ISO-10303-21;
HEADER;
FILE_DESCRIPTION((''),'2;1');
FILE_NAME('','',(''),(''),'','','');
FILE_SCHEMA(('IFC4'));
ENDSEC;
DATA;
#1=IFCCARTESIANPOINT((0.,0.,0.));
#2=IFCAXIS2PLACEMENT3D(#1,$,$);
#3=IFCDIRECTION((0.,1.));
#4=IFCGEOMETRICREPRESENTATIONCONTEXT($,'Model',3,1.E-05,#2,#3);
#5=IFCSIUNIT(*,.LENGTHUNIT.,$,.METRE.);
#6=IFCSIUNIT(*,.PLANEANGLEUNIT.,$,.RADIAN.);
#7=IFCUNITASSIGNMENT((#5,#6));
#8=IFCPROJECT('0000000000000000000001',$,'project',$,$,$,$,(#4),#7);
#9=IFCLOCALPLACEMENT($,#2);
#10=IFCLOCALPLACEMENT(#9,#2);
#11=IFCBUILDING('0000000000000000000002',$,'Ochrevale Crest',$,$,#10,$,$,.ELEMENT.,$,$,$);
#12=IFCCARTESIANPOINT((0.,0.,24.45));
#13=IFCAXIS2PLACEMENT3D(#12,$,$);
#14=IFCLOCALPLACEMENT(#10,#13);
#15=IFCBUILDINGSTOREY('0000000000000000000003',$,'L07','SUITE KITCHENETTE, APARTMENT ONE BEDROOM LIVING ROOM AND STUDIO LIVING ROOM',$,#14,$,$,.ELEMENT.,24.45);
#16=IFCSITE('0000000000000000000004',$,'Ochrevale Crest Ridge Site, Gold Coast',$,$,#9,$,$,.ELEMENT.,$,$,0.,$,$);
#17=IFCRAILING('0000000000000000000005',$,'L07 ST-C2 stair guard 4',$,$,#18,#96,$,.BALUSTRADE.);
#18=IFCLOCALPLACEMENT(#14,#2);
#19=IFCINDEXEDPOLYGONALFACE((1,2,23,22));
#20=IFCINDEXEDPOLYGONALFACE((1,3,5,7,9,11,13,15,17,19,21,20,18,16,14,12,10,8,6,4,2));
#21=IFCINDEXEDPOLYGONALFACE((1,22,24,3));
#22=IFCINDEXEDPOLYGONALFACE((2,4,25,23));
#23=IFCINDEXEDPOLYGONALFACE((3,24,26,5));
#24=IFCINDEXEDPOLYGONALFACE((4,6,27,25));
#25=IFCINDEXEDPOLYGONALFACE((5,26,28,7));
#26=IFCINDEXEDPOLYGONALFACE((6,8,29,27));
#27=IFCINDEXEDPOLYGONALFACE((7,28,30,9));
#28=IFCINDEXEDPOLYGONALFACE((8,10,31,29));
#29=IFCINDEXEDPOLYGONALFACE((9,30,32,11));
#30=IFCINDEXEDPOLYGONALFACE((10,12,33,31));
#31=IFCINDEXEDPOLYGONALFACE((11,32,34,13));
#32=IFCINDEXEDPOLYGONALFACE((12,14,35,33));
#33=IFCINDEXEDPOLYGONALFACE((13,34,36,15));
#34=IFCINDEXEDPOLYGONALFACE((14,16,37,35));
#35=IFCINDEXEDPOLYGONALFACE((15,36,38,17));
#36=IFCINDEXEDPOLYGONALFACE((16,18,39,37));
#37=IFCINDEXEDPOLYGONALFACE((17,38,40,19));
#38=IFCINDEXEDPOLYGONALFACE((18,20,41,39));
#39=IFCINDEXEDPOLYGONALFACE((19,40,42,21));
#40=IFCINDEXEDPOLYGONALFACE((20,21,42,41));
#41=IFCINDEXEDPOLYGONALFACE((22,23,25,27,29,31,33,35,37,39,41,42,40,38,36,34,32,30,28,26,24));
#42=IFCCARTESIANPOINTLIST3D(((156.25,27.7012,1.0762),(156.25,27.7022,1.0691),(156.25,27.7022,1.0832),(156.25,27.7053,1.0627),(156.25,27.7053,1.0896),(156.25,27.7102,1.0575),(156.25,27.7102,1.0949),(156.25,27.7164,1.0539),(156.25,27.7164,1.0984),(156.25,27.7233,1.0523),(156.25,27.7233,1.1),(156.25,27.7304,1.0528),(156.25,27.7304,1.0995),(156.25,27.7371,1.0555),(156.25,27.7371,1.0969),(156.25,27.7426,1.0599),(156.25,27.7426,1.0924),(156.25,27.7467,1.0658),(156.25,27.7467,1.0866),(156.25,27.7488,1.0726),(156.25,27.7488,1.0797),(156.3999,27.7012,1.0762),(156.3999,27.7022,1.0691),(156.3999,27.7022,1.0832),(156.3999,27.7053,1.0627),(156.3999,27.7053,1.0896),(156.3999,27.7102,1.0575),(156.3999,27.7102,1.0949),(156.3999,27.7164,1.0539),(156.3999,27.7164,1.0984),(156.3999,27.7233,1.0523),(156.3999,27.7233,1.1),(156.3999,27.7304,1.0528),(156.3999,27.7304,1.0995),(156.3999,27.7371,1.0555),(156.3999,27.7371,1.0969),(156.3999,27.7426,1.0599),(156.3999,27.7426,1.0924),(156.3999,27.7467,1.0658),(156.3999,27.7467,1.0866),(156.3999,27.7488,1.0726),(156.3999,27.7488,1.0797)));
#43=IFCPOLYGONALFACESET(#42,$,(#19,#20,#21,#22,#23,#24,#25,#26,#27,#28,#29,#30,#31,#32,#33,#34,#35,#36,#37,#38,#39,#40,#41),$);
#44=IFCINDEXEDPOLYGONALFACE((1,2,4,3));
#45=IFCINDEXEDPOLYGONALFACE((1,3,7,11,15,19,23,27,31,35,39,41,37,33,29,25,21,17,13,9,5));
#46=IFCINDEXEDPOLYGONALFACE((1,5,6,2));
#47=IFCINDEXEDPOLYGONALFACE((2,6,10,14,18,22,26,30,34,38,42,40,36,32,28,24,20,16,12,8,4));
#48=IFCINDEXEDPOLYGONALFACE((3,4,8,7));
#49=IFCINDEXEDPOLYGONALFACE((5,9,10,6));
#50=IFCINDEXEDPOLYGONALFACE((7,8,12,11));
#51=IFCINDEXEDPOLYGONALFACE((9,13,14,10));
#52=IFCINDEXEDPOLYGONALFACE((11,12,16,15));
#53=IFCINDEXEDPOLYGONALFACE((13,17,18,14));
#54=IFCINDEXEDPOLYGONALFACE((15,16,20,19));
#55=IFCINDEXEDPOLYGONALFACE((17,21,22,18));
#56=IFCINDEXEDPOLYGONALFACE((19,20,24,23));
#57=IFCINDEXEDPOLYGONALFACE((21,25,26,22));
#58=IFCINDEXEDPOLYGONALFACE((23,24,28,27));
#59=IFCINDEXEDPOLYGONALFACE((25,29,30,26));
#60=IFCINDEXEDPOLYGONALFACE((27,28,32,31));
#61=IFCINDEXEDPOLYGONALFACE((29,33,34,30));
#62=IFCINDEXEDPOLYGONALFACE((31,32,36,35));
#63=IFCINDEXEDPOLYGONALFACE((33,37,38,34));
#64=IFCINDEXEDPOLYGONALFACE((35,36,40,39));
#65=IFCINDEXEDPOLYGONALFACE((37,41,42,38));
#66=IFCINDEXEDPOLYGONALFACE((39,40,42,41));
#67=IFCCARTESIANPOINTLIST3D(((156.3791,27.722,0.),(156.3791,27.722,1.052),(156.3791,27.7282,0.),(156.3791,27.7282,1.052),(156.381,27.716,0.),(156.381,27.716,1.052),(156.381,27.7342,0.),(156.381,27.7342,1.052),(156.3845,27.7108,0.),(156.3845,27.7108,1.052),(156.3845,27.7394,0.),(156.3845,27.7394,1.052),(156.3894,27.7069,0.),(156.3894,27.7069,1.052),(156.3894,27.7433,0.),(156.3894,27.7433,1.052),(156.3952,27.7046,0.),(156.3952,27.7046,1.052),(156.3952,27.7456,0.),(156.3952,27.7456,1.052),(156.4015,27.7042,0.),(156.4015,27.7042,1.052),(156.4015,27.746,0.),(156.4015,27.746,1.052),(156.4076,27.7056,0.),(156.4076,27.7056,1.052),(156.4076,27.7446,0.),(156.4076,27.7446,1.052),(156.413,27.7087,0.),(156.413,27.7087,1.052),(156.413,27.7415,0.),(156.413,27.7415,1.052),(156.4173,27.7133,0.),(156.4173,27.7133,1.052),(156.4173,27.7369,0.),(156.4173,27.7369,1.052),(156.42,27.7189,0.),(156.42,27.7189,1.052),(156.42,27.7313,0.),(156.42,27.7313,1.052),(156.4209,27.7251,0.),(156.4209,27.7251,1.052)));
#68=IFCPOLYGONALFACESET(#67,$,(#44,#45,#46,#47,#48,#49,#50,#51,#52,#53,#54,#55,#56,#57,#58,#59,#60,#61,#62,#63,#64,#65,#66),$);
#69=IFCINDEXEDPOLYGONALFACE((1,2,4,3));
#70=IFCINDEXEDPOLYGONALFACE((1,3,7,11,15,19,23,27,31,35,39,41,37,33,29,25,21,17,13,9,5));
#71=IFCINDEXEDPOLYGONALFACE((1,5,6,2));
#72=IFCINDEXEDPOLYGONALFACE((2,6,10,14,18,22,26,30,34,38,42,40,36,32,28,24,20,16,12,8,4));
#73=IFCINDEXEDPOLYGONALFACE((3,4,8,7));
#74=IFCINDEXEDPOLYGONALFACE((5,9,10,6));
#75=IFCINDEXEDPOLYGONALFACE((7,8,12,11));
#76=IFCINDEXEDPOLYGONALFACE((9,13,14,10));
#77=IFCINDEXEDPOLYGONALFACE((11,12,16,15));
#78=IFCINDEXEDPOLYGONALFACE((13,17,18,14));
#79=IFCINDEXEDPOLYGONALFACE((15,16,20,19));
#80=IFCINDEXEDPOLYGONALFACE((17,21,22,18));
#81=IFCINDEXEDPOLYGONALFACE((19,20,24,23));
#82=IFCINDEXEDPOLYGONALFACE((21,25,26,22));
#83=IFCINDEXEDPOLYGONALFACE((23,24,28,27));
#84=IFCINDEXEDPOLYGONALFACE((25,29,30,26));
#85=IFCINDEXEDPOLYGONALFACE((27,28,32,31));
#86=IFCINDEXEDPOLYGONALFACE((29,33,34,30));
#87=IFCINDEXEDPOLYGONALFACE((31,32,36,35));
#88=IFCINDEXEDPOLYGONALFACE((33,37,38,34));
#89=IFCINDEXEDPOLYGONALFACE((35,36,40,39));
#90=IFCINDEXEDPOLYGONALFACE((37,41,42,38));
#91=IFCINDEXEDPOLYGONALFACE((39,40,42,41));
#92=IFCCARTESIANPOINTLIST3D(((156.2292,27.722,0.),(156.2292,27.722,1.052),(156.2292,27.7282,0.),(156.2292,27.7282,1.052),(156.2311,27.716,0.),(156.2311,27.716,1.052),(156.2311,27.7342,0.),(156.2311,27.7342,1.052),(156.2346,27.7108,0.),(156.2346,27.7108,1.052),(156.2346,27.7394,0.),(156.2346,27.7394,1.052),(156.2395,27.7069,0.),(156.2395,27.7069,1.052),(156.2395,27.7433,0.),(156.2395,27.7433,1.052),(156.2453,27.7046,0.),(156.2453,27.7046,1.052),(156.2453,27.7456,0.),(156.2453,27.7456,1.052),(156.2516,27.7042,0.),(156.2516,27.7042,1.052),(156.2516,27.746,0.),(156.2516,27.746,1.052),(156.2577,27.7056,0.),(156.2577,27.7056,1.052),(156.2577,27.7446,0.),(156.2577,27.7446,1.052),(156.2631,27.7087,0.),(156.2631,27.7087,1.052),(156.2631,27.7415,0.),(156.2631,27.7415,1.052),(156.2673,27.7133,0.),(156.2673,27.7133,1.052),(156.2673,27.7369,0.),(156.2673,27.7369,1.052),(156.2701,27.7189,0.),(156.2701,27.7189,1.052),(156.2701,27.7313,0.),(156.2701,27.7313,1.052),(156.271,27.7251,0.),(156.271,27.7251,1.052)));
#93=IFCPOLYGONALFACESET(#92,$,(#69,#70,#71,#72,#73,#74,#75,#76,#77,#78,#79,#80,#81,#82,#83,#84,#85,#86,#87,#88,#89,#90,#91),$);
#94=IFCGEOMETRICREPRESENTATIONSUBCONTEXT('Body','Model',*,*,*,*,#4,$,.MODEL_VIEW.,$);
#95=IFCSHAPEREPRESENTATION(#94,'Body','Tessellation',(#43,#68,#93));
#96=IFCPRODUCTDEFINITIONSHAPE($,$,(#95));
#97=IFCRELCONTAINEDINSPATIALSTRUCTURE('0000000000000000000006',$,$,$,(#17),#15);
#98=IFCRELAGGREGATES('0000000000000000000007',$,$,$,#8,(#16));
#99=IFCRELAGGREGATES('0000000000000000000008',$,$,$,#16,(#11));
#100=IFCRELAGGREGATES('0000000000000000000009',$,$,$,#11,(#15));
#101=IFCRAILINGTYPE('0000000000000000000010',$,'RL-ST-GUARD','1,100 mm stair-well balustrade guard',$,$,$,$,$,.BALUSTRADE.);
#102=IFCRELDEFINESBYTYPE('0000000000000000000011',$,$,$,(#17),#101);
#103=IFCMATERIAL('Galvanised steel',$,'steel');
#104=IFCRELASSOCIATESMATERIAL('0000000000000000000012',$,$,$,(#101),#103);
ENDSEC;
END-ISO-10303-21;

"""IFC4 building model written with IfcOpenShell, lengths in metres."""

from ifc_helpers import new_model, si_unit, direction, frame, origin, origin_2d, place, context, subcontext, project, spatial, circle, extrude, material, type_object, element, save


model = new_model("IFC4")

# Units and contexts
model_context = context("Model", 3, precision=1e-05, world=origin(), true_north=direction((0.0, 1.0)))
body_context = subcontext(model_context, "Body", "Model", "MODEL_VIEW")
ifc_project = project(units=[si_unit("LENGTHUNIT", "METRE"), si_unit("PLANEANGLEUNIT", "RADIAN")], contexts=[model_context])

# Site, building, storey
site_placement = place(None, origin())
site = spatial("IfcSite", under=ifc_project, at=site_placement, Name="Ochrevale Crest Ridge Site, Gold Coast", CompositionType="ELEMENT", RefElevation=0.0)
building_placement = place(site_placement, origin())
building = spatial("IfcBuilding", under=site, at=building_placement, Name="Ochrevale Crest", CompositionType="ELEMENT")
storey_placement = place(building_placement, frame((0.0, 0.0, 24.45)))
storey = spatial("IfcBuildingStorey", under=building, at=storey_placement, Name="L07", Description="SUITE KITCHENETTE, APARTMENT ONE BEDROOM LIVING ROOM AND STUDIO LIVING ROOM", CompositionType="ELEMENT", Elevation=24.45)

# Railing
ifc_material_1 = material(Name="Galvanised steel", Category="steel")
railing_type_1 = type_object("IfcRailingType", Name="RL-ST-GUARD", Description="1,100 mm stair-well balustrade guard", PredefinedType="BALUSTRADE", material=ifc_material_1)
railing_1_placement = place(storey_placement, frame((156.3999, 27.7251, 0.0)))
element("IfcRailing", 1, at=railing_1_placement, inside=storey, type_object=railing_type_1, Name="L07 ST-C2 stair guard 4", PredefinedType="BALUSTRADE", context=body_context, shape_type="SweptSolid", body=[
    extrude(circle(Radius=0.0239, at=origin_2d()), frame((0.0, 0.0, 1.0762), z_axis=(-1.0, 0.0, 0.0), x_axis=(0.0, -1.0, 0.0)), (0.0, 0.0, 1.0), 0.1499),
    extrude(circle(Radius=0.021, at=origin_2d()), origin(), (0.0, 0.0, 1.0), 1.052),
    extrude(circle(Radius=0.021, at=origin_2d()), frame((-0.1499, 0.0, 0.0)), (0.0, 0.0, 1.0), 1.052),
])

save(model, "model.ifc")
